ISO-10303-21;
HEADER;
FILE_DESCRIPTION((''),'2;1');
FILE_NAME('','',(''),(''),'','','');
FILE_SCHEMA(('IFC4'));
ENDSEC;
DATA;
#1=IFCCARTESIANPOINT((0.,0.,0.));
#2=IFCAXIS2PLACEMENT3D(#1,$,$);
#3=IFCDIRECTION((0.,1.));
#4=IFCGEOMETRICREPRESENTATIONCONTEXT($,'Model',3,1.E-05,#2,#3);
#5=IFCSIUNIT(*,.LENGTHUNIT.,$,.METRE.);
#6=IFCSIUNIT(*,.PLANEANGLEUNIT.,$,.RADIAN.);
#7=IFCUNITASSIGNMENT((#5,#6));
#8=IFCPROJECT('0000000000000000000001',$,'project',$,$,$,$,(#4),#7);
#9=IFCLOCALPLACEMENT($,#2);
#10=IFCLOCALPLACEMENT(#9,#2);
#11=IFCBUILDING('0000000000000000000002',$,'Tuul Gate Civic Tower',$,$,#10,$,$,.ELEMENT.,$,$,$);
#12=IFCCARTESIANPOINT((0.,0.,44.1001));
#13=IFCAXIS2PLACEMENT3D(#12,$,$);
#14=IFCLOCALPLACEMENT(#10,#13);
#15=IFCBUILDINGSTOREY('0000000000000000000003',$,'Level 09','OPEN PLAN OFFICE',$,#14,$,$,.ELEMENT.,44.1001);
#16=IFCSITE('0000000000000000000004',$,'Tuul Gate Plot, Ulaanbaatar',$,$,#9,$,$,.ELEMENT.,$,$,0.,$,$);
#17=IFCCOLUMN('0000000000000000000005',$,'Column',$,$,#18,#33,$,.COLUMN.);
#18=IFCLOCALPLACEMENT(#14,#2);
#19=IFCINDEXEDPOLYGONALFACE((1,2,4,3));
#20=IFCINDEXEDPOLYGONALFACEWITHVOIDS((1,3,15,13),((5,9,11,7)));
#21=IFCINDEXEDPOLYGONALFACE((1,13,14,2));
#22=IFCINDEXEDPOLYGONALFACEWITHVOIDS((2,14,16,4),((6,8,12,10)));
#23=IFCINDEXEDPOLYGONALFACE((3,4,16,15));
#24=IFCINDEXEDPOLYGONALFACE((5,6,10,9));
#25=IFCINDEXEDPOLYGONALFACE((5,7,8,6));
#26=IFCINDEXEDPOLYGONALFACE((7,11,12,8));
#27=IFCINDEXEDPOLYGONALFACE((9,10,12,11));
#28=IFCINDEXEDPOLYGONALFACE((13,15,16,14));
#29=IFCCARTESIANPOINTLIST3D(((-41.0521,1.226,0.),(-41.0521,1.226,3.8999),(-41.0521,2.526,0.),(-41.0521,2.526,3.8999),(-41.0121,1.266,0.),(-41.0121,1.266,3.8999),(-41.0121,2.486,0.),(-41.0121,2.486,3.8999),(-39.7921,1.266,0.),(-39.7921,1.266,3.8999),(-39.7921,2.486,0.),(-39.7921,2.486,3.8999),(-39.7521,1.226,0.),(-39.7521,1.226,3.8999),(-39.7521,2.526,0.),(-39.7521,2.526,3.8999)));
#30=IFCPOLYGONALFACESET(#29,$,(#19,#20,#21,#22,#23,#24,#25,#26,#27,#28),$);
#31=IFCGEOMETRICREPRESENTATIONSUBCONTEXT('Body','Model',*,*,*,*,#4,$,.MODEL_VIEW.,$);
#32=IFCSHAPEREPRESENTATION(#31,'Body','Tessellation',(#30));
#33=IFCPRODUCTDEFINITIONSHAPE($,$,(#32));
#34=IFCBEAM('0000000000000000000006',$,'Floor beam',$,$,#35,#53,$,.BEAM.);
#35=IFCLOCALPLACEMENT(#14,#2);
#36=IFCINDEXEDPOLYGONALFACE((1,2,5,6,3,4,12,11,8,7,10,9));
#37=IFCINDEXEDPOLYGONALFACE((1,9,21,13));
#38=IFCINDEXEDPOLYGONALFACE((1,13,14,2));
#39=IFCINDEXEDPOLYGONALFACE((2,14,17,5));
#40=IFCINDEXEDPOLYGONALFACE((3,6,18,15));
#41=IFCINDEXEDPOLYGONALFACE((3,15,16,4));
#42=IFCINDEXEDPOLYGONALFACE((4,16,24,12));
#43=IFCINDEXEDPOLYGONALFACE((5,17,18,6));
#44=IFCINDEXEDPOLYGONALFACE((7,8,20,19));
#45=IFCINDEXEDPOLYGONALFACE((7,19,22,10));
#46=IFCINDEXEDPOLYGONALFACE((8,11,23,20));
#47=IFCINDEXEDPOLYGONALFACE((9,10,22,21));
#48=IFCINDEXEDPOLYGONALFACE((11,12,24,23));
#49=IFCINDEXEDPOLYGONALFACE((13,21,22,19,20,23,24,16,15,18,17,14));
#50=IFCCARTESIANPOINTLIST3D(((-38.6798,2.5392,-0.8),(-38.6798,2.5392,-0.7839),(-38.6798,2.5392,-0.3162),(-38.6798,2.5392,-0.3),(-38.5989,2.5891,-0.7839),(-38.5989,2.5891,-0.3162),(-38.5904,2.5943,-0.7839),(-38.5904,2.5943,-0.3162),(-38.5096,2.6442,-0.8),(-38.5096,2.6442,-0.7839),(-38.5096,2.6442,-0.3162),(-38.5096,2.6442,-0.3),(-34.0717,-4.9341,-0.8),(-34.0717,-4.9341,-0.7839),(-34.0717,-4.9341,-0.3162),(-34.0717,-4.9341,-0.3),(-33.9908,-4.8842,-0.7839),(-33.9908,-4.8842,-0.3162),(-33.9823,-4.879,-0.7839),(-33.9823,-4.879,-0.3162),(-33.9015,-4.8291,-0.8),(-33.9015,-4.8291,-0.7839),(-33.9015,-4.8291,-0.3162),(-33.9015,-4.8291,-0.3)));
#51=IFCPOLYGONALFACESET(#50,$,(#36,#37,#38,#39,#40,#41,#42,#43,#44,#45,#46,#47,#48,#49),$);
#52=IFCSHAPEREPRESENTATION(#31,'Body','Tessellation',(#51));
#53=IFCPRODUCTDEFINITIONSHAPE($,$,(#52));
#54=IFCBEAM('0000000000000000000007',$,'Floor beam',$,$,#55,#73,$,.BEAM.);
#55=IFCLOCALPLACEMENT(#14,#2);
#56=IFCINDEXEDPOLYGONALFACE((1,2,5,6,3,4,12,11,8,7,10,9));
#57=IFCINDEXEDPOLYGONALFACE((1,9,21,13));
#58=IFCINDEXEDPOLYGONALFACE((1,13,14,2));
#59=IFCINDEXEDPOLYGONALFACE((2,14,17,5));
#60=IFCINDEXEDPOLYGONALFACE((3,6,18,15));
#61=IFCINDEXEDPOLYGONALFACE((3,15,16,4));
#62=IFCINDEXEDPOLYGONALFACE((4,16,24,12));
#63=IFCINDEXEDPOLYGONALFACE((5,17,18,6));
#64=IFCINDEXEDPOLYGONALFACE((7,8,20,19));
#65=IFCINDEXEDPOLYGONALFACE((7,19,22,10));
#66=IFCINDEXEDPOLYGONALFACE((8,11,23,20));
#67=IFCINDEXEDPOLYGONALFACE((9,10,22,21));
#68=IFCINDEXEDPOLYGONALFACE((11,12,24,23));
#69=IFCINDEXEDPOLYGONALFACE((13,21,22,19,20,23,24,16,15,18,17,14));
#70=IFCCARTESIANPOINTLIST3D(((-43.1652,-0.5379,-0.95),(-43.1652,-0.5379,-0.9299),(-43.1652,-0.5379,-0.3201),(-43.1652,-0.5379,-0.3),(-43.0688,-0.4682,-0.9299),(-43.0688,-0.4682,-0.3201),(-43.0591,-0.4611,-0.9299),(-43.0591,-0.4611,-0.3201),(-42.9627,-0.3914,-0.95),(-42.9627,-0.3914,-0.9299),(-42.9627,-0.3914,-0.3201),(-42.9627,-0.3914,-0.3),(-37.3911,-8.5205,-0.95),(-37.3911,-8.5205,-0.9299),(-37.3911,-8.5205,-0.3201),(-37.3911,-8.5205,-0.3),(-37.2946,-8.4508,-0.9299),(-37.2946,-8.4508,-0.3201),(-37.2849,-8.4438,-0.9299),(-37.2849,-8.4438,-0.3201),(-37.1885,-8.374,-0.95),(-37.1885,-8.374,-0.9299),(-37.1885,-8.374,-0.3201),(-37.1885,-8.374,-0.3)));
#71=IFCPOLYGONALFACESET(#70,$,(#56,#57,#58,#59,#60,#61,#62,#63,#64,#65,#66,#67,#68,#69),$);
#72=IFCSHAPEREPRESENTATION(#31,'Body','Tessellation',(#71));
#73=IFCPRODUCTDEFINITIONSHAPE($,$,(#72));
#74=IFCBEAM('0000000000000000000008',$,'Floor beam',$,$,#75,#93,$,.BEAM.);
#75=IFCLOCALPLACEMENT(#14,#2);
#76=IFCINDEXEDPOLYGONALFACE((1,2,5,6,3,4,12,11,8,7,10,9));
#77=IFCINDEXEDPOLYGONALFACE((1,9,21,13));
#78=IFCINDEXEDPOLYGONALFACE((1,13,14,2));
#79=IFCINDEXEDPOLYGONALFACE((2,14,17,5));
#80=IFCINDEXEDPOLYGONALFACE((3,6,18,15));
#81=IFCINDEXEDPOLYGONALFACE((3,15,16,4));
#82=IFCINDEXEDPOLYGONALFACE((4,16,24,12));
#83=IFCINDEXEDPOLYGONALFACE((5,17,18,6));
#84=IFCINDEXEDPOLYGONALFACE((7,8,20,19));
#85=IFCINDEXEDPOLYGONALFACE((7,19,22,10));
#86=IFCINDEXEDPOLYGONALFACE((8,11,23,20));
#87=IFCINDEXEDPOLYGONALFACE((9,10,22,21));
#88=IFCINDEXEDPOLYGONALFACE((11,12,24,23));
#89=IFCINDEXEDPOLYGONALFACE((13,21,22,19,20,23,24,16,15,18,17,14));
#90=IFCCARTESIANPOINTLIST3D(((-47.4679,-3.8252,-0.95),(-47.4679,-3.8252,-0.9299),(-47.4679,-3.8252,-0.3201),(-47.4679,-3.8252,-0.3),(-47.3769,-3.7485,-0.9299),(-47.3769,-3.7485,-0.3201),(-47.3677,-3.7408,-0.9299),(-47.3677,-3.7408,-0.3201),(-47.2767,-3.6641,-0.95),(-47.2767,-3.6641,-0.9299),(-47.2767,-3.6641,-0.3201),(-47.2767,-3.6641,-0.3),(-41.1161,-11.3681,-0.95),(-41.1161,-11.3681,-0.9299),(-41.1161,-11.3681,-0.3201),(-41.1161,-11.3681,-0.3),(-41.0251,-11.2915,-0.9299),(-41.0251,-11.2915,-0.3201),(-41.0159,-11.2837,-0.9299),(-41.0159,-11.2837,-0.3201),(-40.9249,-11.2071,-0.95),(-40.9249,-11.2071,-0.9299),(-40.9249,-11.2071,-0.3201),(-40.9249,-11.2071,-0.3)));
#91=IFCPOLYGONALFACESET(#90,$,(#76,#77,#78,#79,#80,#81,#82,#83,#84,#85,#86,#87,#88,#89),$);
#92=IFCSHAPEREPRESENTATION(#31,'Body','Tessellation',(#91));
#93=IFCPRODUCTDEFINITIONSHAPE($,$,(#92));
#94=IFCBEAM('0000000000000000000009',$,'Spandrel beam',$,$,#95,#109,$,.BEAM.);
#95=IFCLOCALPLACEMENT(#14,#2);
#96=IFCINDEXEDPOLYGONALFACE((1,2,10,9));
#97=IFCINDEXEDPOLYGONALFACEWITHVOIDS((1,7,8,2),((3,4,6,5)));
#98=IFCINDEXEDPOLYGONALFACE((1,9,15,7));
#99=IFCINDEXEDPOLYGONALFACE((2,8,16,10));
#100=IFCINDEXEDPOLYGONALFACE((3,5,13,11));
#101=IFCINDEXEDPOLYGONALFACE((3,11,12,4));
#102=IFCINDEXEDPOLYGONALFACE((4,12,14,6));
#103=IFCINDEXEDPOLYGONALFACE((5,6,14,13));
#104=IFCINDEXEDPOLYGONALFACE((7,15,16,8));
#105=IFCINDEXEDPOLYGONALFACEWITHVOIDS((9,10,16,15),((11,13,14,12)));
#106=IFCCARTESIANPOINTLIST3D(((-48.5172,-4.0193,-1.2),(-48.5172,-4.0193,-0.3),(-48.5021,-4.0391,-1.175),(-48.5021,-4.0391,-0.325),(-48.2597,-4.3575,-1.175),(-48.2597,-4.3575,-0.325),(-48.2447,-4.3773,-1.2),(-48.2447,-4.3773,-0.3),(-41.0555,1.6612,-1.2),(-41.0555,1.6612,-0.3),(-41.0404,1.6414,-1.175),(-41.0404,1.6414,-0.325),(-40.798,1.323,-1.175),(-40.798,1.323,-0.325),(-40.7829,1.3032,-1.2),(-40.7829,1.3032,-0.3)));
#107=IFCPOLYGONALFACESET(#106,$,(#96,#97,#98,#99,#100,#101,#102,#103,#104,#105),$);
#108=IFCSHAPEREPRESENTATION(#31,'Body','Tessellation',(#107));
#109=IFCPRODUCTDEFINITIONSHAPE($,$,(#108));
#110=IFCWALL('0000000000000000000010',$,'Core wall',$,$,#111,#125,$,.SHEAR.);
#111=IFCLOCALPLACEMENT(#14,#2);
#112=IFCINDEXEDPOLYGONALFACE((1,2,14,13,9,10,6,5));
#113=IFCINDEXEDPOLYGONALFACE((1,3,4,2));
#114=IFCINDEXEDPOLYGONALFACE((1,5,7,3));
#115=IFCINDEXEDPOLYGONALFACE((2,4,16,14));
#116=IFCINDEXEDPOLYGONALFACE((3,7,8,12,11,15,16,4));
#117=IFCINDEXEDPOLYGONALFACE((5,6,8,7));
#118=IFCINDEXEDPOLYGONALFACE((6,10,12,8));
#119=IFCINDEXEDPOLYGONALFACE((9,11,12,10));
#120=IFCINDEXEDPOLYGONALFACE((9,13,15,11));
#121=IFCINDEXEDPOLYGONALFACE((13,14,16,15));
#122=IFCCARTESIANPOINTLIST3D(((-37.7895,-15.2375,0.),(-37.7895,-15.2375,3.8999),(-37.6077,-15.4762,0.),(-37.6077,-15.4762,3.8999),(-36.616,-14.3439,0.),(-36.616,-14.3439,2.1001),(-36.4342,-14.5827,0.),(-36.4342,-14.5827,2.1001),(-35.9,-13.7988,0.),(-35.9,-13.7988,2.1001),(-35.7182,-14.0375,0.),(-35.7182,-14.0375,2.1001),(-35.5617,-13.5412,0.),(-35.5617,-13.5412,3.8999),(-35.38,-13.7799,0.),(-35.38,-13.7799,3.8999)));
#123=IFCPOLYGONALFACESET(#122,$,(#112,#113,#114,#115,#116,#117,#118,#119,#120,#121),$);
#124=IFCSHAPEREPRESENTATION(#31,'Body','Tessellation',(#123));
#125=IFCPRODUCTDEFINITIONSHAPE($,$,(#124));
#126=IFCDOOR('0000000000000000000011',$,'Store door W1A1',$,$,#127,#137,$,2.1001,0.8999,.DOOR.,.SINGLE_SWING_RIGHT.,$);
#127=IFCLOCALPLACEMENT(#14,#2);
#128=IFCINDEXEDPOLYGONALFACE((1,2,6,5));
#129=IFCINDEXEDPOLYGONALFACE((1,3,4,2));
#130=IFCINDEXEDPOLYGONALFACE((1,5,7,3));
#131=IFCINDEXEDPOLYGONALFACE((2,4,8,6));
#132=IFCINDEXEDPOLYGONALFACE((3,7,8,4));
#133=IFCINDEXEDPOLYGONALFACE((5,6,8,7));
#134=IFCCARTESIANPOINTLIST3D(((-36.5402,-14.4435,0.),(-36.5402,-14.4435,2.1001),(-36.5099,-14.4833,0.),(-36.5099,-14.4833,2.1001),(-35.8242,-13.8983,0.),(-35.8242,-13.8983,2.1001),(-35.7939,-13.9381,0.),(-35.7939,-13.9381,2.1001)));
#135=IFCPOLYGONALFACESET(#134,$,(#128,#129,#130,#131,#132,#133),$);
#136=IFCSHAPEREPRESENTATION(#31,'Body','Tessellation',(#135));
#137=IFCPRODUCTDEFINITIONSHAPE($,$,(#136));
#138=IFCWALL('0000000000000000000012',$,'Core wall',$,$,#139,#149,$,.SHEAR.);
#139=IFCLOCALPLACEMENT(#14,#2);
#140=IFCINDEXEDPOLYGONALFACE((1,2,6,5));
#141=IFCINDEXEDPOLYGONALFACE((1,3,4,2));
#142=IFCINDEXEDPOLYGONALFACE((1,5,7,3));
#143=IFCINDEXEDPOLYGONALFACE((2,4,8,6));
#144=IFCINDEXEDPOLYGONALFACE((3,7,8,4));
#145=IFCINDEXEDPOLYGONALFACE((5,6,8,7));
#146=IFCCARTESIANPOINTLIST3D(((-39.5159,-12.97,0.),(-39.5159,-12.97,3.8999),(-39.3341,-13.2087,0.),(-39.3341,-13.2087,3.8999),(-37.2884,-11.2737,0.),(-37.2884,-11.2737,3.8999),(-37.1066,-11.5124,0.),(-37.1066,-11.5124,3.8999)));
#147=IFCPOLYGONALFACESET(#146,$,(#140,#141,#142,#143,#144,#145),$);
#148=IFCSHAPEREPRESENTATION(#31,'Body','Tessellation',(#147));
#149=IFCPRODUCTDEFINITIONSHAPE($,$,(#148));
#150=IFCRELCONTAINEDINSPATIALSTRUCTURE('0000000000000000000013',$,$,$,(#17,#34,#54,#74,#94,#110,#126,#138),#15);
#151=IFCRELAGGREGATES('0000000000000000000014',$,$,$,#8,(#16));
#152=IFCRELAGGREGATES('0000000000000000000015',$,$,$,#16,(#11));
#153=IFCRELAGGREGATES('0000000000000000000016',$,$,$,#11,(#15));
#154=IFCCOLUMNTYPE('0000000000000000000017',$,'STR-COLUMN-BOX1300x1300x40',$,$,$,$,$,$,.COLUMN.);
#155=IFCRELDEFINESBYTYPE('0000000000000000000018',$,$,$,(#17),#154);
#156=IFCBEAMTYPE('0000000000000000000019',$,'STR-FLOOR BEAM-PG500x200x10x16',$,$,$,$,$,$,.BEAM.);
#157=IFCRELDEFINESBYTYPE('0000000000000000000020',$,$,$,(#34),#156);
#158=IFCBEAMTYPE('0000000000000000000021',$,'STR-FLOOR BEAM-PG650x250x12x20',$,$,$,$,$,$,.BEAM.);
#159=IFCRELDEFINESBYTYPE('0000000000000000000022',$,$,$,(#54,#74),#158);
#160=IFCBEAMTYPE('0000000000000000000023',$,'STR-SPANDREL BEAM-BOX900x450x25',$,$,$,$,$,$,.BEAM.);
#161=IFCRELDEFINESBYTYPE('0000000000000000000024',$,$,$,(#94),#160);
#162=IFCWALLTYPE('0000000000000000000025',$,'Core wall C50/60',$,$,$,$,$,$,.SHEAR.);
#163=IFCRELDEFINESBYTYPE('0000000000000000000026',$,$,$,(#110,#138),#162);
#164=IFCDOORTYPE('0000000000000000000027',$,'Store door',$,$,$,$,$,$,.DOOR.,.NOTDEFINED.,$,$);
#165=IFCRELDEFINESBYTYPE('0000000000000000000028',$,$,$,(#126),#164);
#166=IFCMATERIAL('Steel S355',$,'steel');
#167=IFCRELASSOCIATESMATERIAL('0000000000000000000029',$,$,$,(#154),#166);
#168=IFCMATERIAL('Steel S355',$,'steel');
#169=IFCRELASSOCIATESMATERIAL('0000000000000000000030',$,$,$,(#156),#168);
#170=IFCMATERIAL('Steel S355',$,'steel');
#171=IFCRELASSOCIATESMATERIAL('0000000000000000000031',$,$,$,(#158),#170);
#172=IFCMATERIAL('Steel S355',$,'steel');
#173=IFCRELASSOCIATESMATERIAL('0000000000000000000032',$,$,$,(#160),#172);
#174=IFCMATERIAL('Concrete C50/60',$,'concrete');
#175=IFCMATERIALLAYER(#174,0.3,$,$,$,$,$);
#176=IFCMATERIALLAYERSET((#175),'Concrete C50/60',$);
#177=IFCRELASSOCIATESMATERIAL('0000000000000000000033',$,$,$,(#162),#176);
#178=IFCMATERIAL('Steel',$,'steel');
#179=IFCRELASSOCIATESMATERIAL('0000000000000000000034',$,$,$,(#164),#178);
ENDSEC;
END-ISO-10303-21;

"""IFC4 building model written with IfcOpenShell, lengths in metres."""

from ifc_helpers import new_model, si_unit, direction, frame, frame_2d, origin, origin_2d, place, context, subcontext, project, spatial, rectangle, hollow_rectangle, i_section, extrude, material, layer, layer_set, material_profile, profile_set, type_object, element, fill, save


model = new_model("IFC4")

# Units and contexts
model_context = context("Model", 3, precision=1e-05, world=origin(), true_north=direction((0.0, 1.0)))
body_context = subcontext(model_context, "Body", "Model", "MODEL_VIEW")
ifc_project = project(units=[si_unit("LENGTHUNIT", "METRE"), si_unit("PLANEANGLEUNIT", "RADIAN")], contexts=[model_context])

# Site, building, storey
site_placement = place(None, origin())
site = spatial("IfcSite", under=ifc_project, at=site_placement, Name="Tuul Gate Plot, Ulaanbaatar", CompositionType="ELEMENT", RefElevation=0.0)
building_placement = place(site_placement, origin())
building = spatial("IfcBuilding", under=site, at=building_placement, Name="Tuul Gate Civic Tower", CompositionType="ELEMENT")
storey_placement = place(building_placement, frame((0.0, 0.0, 44.1001)))
storey = spatial("IfcBuildingStorey", under=building, at=storey_placement, Name="Level 09", Description="OPEN PLAN OFFICE", CompositionType="ELEMENT", Elevation=44.1001)

# Column
ifc_material_1 = material(Name="Steel S355", Category="steel")
ifc_material_profile_1 = material_profile(ifc_material_1, hollow_rectangle(XDim=1.3, YDim=1.3, WallThickness=0.04, at=origin_2d()), Name="BOX1300x1300x40")
ifc_profile_set_1 = profile_set([ifc_material_profile_1], Name="Steel S355")
column_type = type_object("IfcColumnType", Name="STR-COLUMN-BOX1300x1300x40", PredefinedType="COLUMN", material=ifc_profile_set_1)
column_placement = place(storey_placement, frame((-40.4021, 1.876, 0.0), z_axis=(0.0, 0.0, 1.0), x_axis=(1.0, 0.0, 0.0)))
element("IfcColumn", 1, at=column_placement, inside=storey, type_object=column_type, Name="Column", PredefinedType="COLUMN", context=body_context, shape_type="SweptSolid", body=[
    extrude(hollow_rectangle(XDim=1.3, YDim=1.3, WallThickness=0.04, at=origin_2d()), origin(), (0.0, 0.0, 1.0), 3.8999),
])

# Beams
ifc_material_2 = material(Name="Steel S355", Category="steel")
ifc_material_profile_2 = material_profile(ifc_material_2, i_section(OverallWidth=0.2, OverallDepth=0.5, WebThickness=0.01, FlangeThickness=0.0161, at=origin_2d()), Name="PG500x200x10x16")
ifc_profile_set_2 = profile_set([ifc_material_profile_2], Name="Steel S355")
beam_type_1 = type_object("IfcBeamType", Name="STR-FLOOR BEAM-PG500x200x10x16", PredefinedType="BEAM", material=ifc_profile_set_2)
beam_1_placement = place(storey_placement, frame((-33.9866, -4.8816, -0.55), z_axis=(-0.524853, 0.851193, 0.0), x_axis=(-0.851193, -0.524853, 0.0)))
element("IfcBeam", 2, at=beam_1_placement, inside=storey, type_object=beam_type_1, Name="Floor beam", PredefinedType="BEAM", context=body_context, shape_type="SweptSolid", body=[
    extrude(i_section(OverallWidth=0.2, OverallDepth=0.5, WebThickness=0.01, FlangeThickness=0.0161, at=origin_2d()), origin(), (0.0, 0.0, 1.0), 8.7798),
])
ifc_material_3 = material(Name="Steel S355", Category="steel")
ifc_material_profile_3 = material_profile(ifc_material_3, i_section(OverallWidth=0.25, OverallDepth=0.6499, WebThickness=0.012, FlangeThickness=0.02, at=origin_2d()), Name="PG650x250x12x20")
ifc_profile_set_3 = profile_set([ifc_material_profile_3], Name="Steel S355")
beam_type_2 = type_object("IfcBeamType", Name="STR-FLOOR BEAM-PG650x250x12x20", PredefinedType="BEAM", material=ifc_profile_set_3)
beam_2_placement = place(storey_placement, frame((-37.2898, -8.4473, -0.625), z_axis=(-0.586085, 0.81025, 0.0), x_axis=(-0.81025, -0.586085, 0.0)))
element("IfcBeam", 3, at=beam_2_placement, inside=storey, type_object=beam_type_2, Name="Floor beam", PredefinedType="BEAM", context=body_context, shape_type="SweptSolid", body=[
    extrude(i_section(OverallWidth=0.25, OverallDepth=0.6499, WebThickness=0.012, FlangeThickness=0.02, at=origin_2d()), origin(), (0.0, 0.0, 1.0), 9.8521),
])
beam_3_placement = place(storey_placement, frame((-41.0205, -11.2876, -0.625), z_axis=(-0.644126, 0.76492, 0.0), x_axis=(-0.76492, -0.644126, 0.0)))
element("IfcBeam", 4, at=beam_3_placement, inside=storey, type_object=beam_type_2, Name="Floor beam", PredefinedType="BEAM", context=body_context, shape_type="SweptSolid", body=[
    extrude(i_section(OverallWidth=0.25, OverallDepth=0.6499, WebThickness=0.012, FlangeThickness=0.02, at=origin_2d()), origin(), (0.0, 0.0, 1.0), 9.8611),
])
ifc_material_4 = material(Name="Steel S355", Category="steel")
ifc_material_profile_4 = material_profile(ifc_material_4, hollow_rectangle(XDim=0.45, YDim=0.8999, WallThickness=0.0249, at=origin_2d()), Name="BOX900x450x25")
ifc_profile_set_4 = profile_set([ifc_material_profile_4], Name="Steel S355")
beam_type_3 = type_object("IfcBeamType", Name="STR-SPANDREL BEAM-BOX900x450x25", PredefinedType="BEAM", material=ifc_profile_set_4)
beam_4_placement = place(storey_placement, frame((-40.9192, 1.4822, -0.75), z_axis=(-0.795671, -0.605729, 0.0), x_axis=(0.605729, -0.795671, 0.0)))
element("IfcBeam", 5, at=beam_4_placement, inside=storey, type_object=beam_type_3, Name="Spandrel beam", PredefinedType="BEAM", context=body_context, shape_type="SweptSolid", body=[
    extrude(hollow_rectangle(XDim=0.45, YDim=0.8999, WallThickness=0.0249, at=origin_2d()), origin(), (0.0, 0.0, 1.0), 9.3779),
])

# Wall, opening, door
ifc_material_5 = material(Name="Concrete C50/60", Category="concrete")
ifc_layer_1 = layer(ifc_material_5, 0.3)
ifc_layer_set_1 = layer_set([ifc_layer_1], Name="Concrete C50/60")
wall_type_1 = type_object("IfcWallType", Name="Core wall C50/60", PredefinedType="SHEAR", material=ifc_layer_set_1)
wall_1_placement = place(storey_placement, frame((-35.4709, -13.6606, 0.0), z_axis=(0.0, 0.0, 1.0), x_axis=(-0.795616, -0.605802, 0.0)))
wall_1 = element("IfcWall", 6, at=wall_1_placement, inside=storey, type_object=wall_type_1, Name="Core wall", PredefinedType="SHEAR", context=body_context, shape_type="SweptSolid", body=[
    extrude(rectangle(XDim=2.8, YDim=0.3, at=frame_2d((1.3999, 0.0))), origin(), (0.0, 0.0, 1.0), 3.8999),
])
opening_1_placement = place(wall_1_placement, frame((0.425, 0.0, 0.0)))
opening_1 = element("IfcOpeningElement", 7, at=opening_1_placement, cuts=wall_1, PredefinedType="OPENING", context=body_context, shape_type="SweptSolid", body=[
    extrude(rectangle(XDim=0.8999, YDim=2.1001, at=frame_2d((0.45, 1.05))), frame((0.0, 0.1602, 0.0), z_axis=(0.0, -1.0, 0.0), x_axis=(1.0, 0.0, 0.0)), (0.0, 0.0, 1.0), 0.3201),
])
ifc_material_6 = material(Name="Steel", Category="steel")
door_type_1 = type_object("IfcDoorType", Name="Store door", OperationType="NOTDEFINED", PredefinedType="DOOR", material=ifc_material_6)
door_1_placement = place(opening_1_placement, frame((0.8999, 0.0, 0.0), z_axis=(0.0, 0.0, 1.0), x_axis=(-1.0, 0.0, 0.0)))
door_1 = element("IfcDoor", 8, at=door_1_placement, inside=storey, type_object=door_type_1, Name="Store door W1A1", OperationType="SINGLE_SWING_RIGHT", OverallHeight=2.1001, OverallWidth=0.8999, PredefinedType="DOOR", context=body_context, shape_type="SweptSolid", body=[
    extrude(rectangle(XDim=0.8999, YDim=2.1001, at=frame_2d((0.45, 1.05))), frame((0.0, 0.0249, 0.0), z_axis=(0.0, -1.0, 0.0), x_axis=(1.0, 0.0, 0.0)), (0.0, 0.0, 1.0), 0.05),
])
fill(opening_1, door_1)

# Wall
wall_2_placement = place(storey_placement, frame((-37.1975, -11.3931, 0.0), z_axis=(0.0, 0.0, 1.0), x_axis=(-0.795584, -0.605844, 0.0)))
element("IfcWall", 9, at=wall_2_placement, inside=storey, type_object=wall_type_1, Name="Core wall", PredefinedType="SHEAR", context=body_context, shape_type="SweptSolid", body=[
    extrude(rectangle(XDim=2.7998, YDim=0.3, at=frame_2d((1.3999, 0.0))), origin(), (0.0, 0.0, 1.0), 3.8999),
])

save(model, "model.ifc")
